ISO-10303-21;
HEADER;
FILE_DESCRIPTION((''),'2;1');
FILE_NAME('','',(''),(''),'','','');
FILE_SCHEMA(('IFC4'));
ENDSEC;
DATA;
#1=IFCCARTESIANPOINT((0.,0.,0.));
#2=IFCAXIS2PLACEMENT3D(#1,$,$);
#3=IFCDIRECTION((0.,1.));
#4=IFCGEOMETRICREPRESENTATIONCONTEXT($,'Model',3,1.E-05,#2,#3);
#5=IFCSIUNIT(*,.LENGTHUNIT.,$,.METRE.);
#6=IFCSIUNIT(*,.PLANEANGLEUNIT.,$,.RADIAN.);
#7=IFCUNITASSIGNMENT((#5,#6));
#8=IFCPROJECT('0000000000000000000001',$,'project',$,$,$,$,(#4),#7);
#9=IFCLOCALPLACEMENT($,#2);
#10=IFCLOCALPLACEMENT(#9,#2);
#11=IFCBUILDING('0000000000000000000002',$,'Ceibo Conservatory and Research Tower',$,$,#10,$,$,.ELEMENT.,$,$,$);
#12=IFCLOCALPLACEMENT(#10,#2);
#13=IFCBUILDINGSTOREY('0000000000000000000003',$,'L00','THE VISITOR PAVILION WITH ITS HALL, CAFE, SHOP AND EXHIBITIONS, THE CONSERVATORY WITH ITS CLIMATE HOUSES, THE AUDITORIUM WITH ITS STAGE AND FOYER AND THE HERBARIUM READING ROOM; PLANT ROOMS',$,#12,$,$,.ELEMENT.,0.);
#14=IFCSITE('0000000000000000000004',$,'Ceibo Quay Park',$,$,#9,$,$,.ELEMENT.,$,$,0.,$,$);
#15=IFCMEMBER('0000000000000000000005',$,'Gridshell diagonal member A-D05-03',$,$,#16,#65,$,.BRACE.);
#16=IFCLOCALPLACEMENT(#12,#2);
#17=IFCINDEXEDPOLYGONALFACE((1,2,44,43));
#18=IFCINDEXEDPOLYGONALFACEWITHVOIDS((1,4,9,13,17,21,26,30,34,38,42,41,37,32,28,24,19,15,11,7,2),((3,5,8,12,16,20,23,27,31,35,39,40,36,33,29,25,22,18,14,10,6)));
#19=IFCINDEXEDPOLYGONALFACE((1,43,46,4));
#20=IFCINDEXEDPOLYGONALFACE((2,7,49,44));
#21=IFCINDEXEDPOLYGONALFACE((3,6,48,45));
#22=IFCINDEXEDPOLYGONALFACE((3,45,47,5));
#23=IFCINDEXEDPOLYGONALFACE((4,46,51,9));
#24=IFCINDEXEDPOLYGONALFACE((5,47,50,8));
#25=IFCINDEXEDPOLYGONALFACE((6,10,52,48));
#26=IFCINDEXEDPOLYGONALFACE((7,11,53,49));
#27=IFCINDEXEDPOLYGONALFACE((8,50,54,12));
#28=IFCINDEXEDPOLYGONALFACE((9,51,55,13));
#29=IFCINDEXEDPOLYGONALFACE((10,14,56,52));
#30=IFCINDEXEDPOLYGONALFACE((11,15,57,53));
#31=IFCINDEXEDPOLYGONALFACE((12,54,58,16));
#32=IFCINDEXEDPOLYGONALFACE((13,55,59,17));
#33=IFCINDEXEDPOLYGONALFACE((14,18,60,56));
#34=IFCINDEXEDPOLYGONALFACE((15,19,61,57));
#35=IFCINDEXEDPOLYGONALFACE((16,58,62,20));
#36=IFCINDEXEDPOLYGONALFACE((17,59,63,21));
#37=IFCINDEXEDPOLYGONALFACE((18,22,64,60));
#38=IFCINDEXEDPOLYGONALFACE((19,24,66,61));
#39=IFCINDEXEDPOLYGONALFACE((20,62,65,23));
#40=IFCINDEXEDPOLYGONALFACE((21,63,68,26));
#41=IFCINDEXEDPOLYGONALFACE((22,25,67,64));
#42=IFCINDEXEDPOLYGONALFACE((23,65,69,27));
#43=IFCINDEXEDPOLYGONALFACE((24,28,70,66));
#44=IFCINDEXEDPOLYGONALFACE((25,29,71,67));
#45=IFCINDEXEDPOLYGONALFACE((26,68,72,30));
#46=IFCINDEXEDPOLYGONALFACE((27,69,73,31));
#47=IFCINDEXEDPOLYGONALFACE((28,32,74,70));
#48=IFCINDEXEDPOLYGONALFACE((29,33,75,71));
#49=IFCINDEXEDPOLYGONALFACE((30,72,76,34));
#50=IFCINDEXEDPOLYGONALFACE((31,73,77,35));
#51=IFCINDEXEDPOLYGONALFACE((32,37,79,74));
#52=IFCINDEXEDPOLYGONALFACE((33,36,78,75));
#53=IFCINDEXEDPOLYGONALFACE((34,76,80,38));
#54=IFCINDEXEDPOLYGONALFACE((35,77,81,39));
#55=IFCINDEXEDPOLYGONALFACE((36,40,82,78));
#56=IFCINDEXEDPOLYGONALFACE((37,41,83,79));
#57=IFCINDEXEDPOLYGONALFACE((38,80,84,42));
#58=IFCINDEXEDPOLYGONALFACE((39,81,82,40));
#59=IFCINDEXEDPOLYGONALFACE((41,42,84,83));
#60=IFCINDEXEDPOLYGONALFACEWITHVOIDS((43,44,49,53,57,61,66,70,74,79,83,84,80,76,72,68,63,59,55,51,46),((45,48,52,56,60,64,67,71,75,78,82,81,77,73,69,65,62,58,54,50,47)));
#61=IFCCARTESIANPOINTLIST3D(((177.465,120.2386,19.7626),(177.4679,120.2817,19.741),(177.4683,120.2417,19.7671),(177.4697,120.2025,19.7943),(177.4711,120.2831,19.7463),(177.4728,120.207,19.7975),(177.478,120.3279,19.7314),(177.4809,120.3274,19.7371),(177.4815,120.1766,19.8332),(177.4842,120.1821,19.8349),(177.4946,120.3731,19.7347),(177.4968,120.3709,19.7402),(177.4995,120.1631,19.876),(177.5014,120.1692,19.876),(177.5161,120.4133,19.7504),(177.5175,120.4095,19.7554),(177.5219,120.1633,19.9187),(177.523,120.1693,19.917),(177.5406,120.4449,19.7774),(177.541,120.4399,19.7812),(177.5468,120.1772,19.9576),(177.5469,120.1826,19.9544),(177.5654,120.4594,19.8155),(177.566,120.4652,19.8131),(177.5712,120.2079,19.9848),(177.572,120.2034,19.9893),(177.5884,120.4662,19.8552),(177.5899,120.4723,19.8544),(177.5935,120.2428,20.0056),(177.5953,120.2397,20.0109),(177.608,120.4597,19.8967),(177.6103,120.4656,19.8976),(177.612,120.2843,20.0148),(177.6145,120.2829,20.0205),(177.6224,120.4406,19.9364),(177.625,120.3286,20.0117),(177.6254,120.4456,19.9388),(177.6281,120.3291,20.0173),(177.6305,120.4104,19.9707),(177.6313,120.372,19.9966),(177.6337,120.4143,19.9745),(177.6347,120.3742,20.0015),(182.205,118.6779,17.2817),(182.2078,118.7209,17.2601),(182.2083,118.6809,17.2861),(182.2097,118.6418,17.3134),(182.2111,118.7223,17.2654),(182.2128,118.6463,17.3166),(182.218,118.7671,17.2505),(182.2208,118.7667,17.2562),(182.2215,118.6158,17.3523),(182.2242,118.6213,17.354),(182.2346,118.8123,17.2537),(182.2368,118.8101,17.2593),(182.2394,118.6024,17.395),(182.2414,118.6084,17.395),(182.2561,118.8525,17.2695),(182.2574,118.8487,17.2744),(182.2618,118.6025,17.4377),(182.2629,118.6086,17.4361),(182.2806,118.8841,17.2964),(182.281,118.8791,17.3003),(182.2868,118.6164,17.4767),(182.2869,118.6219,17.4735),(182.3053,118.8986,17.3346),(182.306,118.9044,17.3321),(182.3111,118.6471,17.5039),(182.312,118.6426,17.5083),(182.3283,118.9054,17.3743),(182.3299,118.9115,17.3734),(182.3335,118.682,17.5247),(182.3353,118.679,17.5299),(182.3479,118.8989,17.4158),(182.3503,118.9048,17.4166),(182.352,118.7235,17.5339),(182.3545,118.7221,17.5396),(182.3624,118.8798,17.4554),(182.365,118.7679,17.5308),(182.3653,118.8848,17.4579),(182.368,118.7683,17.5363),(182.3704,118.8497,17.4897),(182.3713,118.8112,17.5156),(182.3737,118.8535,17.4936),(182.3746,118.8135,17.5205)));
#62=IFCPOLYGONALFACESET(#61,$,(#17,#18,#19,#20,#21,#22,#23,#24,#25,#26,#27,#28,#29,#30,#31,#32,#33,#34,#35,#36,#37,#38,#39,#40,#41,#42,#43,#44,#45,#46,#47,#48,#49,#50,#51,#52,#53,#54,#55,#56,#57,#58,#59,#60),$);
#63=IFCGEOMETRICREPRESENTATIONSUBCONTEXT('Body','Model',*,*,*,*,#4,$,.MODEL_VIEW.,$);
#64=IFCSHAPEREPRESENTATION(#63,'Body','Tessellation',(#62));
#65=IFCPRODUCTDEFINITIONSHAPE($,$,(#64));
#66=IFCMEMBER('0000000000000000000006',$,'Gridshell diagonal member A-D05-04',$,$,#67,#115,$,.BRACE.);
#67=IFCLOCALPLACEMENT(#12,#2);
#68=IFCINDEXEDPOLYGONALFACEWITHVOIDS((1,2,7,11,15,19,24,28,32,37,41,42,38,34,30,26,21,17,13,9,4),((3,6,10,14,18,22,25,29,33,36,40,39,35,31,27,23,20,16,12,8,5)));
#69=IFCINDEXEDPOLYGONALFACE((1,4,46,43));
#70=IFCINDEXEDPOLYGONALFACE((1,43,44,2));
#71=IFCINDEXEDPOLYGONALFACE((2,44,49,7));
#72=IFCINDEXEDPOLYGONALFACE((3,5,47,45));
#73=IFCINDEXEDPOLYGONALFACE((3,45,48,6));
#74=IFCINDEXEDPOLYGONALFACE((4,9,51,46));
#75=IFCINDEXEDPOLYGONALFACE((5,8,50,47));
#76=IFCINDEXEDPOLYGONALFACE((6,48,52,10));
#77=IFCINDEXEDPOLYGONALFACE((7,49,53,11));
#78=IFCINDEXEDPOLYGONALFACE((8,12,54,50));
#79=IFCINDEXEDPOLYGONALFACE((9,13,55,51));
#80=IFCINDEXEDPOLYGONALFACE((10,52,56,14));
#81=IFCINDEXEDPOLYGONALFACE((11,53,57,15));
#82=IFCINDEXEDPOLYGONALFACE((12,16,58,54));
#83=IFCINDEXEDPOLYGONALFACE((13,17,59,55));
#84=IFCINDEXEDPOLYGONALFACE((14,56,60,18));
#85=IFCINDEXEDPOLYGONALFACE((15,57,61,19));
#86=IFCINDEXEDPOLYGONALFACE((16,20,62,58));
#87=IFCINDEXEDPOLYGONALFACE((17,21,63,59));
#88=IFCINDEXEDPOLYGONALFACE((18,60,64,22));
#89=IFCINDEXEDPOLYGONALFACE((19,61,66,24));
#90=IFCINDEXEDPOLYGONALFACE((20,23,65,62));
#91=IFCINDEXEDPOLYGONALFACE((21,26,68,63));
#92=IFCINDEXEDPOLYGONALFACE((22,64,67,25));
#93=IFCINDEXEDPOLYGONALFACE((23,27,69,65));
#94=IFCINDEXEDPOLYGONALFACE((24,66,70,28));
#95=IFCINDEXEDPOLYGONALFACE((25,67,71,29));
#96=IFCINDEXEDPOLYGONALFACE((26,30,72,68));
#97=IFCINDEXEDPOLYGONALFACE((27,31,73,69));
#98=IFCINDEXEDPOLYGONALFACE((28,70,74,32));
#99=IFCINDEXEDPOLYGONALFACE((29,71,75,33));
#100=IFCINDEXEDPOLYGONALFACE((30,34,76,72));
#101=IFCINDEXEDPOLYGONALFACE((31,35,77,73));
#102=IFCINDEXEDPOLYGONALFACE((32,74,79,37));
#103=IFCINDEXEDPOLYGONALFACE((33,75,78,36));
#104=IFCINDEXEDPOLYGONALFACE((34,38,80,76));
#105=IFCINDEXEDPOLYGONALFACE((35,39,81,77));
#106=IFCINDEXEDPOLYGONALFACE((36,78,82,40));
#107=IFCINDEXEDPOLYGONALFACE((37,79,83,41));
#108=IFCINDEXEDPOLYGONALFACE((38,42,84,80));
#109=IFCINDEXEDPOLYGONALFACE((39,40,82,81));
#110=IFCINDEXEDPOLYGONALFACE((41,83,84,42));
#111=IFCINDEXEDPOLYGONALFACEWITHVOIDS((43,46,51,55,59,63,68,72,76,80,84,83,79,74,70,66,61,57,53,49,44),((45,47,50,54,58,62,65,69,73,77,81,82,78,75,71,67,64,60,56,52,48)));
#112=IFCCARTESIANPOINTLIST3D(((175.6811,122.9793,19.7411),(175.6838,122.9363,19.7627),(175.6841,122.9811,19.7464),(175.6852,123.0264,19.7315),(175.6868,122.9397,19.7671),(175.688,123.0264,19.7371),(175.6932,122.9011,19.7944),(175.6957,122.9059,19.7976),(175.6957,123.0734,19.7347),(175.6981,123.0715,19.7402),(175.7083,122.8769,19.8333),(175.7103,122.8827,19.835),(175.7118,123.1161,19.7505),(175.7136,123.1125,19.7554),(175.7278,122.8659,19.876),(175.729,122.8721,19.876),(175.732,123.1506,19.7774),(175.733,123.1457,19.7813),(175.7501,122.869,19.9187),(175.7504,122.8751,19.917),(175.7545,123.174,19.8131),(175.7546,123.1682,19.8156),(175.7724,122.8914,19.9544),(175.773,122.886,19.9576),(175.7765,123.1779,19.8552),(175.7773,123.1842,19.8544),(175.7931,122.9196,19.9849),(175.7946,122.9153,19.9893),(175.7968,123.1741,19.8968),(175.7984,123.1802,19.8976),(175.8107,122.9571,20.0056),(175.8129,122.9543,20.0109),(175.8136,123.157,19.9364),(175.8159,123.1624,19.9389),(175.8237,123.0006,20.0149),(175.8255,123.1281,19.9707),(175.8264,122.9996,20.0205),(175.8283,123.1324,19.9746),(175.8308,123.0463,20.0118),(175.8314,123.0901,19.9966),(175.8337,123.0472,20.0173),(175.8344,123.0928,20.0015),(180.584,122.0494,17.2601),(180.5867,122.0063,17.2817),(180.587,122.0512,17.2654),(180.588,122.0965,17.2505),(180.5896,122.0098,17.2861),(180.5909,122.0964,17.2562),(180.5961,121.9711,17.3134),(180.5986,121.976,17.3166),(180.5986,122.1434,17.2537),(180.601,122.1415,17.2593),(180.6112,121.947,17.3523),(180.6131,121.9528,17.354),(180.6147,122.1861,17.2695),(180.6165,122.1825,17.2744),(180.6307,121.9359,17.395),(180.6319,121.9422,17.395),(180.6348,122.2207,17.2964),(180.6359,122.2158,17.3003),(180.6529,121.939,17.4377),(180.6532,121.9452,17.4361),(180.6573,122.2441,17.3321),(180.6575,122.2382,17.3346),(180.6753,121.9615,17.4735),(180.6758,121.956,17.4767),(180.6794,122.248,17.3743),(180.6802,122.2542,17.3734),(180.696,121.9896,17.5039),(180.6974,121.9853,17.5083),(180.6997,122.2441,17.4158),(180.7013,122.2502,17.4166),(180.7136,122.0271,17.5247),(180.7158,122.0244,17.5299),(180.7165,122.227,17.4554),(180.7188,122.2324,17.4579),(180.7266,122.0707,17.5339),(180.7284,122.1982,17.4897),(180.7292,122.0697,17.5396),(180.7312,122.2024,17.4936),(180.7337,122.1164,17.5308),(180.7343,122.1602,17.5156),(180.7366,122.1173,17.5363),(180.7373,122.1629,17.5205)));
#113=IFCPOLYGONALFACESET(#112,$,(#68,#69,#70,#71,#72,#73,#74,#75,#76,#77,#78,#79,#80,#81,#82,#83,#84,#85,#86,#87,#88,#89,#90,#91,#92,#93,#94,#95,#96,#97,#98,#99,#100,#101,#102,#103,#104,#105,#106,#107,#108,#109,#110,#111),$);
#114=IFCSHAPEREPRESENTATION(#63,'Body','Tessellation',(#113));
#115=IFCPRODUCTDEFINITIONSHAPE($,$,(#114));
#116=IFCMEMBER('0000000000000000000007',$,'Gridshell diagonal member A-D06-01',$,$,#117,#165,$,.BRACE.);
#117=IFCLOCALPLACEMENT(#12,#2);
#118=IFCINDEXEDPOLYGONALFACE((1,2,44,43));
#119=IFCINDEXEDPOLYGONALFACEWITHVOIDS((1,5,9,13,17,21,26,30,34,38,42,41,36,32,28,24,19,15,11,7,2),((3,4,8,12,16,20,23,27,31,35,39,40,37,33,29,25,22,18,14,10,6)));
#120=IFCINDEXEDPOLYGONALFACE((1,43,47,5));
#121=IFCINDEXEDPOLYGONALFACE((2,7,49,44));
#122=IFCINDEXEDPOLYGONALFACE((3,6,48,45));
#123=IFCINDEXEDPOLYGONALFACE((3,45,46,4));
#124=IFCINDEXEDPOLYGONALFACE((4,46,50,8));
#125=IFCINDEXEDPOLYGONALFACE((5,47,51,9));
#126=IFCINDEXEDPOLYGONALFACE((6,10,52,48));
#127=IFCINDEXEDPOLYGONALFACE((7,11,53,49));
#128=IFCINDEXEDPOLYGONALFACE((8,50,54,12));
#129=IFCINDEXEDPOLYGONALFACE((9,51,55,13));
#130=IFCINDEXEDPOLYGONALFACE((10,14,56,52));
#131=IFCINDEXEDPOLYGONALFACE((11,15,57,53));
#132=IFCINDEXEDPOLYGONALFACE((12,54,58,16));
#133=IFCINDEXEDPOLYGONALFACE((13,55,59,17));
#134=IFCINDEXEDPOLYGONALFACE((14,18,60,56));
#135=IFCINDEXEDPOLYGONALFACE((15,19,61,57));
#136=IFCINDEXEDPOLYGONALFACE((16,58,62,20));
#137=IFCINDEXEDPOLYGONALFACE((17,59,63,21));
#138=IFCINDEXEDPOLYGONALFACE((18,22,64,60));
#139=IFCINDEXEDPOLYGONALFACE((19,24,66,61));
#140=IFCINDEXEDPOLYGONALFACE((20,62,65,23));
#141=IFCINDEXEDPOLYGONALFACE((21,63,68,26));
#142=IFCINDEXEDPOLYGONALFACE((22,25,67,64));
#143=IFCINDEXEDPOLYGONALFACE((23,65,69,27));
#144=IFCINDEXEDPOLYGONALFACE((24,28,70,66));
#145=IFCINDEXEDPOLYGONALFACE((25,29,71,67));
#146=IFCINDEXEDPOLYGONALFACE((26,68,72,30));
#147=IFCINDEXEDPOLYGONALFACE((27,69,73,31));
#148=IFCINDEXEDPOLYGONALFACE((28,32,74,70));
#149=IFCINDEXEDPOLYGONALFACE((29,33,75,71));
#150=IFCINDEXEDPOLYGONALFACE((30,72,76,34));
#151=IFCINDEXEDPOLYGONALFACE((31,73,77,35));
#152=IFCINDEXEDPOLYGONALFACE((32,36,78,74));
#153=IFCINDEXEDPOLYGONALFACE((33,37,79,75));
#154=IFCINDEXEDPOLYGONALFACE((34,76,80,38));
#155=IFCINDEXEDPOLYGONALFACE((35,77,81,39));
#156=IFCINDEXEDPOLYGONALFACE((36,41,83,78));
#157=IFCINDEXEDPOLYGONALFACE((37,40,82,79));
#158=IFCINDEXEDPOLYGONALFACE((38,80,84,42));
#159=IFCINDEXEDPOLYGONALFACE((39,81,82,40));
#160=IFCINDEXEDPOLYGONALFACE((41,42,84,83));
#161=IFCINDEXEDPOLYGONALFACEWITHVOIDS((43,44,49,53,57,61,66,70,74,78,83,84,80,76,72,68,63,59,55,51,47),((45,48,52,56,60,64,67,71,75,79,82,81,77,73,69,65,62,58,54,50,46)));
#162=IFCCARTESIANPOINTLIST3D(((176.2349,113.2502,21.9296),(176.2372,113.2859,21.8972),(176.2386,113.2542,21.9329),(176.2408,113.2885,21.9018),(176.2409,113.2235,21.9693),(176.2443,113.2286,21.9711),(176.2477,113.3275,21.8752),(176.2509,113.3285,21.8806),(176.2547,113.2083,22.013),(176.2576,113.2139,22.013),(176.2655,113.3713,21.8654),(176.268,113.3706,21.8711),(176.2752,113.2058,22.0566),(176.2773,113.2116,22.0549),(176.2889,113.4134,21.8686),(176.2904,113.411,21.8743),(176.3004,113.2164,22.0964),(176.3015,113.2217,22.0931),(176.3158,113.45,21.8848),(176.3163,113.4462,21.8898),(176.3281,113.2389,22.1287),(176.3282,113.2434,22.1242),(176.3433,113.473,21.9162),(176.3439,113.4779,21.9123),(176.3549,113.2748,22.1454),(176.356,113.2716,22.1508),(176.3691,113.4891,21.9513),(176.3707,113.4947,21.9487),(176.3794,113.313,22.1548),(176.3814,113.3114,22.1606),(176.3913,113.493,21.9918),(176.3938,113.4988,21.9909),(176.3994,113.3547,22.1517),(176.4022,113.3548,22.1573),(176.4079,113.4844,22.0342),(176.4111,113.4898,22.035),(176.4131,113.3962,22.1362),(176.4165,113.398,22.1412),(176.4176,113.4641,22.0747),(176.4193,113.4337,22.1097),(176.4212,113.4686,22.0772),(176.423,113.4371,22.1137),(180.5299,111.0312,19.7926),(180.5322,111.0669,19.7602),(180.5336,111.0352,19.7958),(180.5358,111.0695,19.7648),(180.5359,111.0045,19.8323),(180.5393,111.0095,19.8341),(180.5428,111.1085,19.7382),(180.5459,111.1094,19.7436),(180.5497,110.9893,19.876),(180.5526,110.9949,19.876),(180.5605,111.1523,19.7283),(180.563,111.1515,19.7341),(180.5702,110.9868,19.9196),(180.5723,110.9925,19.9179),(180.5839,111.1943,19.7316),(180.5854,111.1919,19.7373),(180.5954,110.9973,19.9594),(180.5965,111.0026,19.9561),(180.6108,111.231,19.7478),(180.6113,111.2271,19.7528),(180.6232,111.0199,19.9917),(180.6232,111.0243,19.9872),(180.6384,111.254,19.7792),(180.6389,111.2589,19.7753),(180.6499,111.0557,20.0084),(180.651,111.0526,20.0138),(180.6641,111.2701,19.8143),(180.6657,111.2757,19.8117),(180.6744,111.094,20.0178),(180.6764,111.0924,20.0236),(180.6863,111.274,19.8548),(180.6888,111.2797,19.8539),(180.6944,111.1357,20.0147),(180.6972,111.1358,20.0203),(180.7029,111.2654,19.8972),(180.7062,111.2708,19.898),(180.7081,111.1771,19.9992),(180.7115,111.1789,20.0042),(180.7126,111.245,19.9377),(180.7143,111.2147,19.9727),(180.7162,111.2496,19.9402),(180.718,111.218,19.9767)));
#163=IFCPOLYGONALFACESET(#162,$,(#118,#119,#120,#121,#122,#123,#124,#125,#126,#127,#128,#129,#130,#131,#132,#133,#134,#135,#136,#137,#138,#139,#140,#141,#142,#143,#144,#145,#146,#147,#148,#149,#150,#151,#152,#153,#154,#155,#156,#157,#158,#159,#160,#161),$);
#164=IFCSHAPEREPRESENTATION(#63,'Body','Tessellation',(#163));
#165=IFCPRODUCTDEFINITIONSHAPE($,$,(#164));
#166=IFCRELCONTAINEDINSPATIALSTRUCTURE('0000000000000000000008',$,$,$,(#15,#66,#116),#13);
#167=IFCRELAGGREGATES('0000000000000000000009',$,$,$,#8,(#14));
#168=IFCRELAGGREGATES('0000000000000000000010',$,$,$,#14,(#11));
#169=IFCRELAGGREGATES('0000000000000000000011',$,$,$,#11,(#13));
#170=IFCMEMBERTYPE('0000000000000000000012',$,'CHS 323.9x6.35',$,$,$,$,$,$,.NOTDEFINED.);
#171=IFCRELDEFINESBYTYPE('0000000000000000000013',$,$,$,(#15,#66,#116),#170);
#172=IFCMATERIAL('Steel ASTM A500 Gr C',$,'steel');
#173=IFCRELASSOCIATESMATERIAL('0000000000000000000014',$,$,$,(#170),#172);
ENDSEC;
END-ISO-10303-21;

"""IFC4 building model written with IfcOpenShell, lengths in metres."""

from ifc_helpers import new_model, si_unit, direction, frame, origin, origin_2d, place, context, subcontext, project, spatial, hollow_circle, extrude, material, material_profile, profile_set, type_object, element, save


model = new_model("IFC4")

# Units and contexts
model_context = context("Model", 3, precision=1e-05, world=origin(), true_north=direction((0.0, 1.0)))
body_context = subcontext(model_context, "Body", "Model", "MODEL_VIEW")
ifc_project = project(units=[si_unit("LENGTHUNIT", "METRE"), si_unit("PLANEANGLEUNIT", "RADIAN")], contexts=[model_context])

# Site, building, storey
site_placement = place(None, origin())
site = spatial("IfcSite", under=ifc_project, at=site_placement, Name="Ceibo Quay Park", CompositionType="ELEMENT", RefElevation=0.0)
building_placement = place(site_placement, origin())
building = spatial("IfcBuilding", under=site, at=building_placement, Name="Ceibo Conservatory and Research Tower", CompositionType="ELEMENT")
storey_placement = place(building_placement, origin())
storey = spatial("IfcBuildingStorey", under=building, at=storey_placement, Name="L00", Description="THE VISITOR PAVILION WITH ITS HALL, CAFE, SHOP AND EXHIBITIONS, THE CONSERVATORY WITH ITS CLIMATE HOUSES, THE AUDITORIUM WITH ITS STAGE AND FOYER AND THE HERBARIUM READING ROOM; PLANT ROOMS", CompositionType="ELEMENT", Elevation=0.0)

# Members
ifc_material_1 = material(Name="Steel ASTM A500 Gr C", Category="steel")
ifc_material_profile_1 = material_profile(ifc_material_1, hollow_circle(Radius=0.1619, WallThickness=0.0063, at=origin_2d()), Name="CHS 323.9x6.35")
ifc_profile_set_1 = profile_set([ifc_material_profile_1], Name="Steel ASTM A500 Gr C")
member_type_1 = type_object("IfcMemberType", Name="CHS 323.9x6.35", PredefinedType="NOTDEFINED", material=ifc_profile_set_1)
for number, where, z_axis, x_axis, name in (
    (1, (182.29, 118.7561, 17.395), (-0.850522, 0.280061, 0.445172), (-0.312762, -0.949832, 0.0), "Gridshell diagonal member A-D05-03"),
    (2, (180.6609, 122.095, 17.395), (-0.879757, 0.166865, 0.445179), (-0.18635, -0.982483, 0.0), "Gridshell diagonal member A-D05-04"),
):
    element("IfcMember", number, at=place(storey_placement, frame(where, z_axis=z_axis, x_axis=x_axis)), inside=storey, type_object=member_type_1, Name=name, PredefinedType="BRACE", context=body_context, shape_type="SweptSolid", body=[
        extrude(hollow_circle(Radius=0.1619, WallThickness=0.0063, at=origin_2d()), origin(), (0.0, 0.0, 1.0), 5.573),
    ])
member_1_placement = place(storey_placement, frame((180.624, 111.1331, 19.876), z_axis=(-0.81258, 0.419824, 0.404304), x_axis=(-0.459012, -0.88843, 0.0)))
element("IfcMember", 3, at=member_1_placement, inside=storey, type_object=member_type_1, Name="Gridshell diagonal member A-D06-01", PredefinedType="BRACE", context=body_context, shape_type="SweptSolid", body=[
    extrude(hollow_circle(Radius=0.1619, WallThickness=0.0063, at=origin_2d()), origin(), (0.0, 0.0, 1.0), 5.2856),
])

save(model, "model.ifc")
